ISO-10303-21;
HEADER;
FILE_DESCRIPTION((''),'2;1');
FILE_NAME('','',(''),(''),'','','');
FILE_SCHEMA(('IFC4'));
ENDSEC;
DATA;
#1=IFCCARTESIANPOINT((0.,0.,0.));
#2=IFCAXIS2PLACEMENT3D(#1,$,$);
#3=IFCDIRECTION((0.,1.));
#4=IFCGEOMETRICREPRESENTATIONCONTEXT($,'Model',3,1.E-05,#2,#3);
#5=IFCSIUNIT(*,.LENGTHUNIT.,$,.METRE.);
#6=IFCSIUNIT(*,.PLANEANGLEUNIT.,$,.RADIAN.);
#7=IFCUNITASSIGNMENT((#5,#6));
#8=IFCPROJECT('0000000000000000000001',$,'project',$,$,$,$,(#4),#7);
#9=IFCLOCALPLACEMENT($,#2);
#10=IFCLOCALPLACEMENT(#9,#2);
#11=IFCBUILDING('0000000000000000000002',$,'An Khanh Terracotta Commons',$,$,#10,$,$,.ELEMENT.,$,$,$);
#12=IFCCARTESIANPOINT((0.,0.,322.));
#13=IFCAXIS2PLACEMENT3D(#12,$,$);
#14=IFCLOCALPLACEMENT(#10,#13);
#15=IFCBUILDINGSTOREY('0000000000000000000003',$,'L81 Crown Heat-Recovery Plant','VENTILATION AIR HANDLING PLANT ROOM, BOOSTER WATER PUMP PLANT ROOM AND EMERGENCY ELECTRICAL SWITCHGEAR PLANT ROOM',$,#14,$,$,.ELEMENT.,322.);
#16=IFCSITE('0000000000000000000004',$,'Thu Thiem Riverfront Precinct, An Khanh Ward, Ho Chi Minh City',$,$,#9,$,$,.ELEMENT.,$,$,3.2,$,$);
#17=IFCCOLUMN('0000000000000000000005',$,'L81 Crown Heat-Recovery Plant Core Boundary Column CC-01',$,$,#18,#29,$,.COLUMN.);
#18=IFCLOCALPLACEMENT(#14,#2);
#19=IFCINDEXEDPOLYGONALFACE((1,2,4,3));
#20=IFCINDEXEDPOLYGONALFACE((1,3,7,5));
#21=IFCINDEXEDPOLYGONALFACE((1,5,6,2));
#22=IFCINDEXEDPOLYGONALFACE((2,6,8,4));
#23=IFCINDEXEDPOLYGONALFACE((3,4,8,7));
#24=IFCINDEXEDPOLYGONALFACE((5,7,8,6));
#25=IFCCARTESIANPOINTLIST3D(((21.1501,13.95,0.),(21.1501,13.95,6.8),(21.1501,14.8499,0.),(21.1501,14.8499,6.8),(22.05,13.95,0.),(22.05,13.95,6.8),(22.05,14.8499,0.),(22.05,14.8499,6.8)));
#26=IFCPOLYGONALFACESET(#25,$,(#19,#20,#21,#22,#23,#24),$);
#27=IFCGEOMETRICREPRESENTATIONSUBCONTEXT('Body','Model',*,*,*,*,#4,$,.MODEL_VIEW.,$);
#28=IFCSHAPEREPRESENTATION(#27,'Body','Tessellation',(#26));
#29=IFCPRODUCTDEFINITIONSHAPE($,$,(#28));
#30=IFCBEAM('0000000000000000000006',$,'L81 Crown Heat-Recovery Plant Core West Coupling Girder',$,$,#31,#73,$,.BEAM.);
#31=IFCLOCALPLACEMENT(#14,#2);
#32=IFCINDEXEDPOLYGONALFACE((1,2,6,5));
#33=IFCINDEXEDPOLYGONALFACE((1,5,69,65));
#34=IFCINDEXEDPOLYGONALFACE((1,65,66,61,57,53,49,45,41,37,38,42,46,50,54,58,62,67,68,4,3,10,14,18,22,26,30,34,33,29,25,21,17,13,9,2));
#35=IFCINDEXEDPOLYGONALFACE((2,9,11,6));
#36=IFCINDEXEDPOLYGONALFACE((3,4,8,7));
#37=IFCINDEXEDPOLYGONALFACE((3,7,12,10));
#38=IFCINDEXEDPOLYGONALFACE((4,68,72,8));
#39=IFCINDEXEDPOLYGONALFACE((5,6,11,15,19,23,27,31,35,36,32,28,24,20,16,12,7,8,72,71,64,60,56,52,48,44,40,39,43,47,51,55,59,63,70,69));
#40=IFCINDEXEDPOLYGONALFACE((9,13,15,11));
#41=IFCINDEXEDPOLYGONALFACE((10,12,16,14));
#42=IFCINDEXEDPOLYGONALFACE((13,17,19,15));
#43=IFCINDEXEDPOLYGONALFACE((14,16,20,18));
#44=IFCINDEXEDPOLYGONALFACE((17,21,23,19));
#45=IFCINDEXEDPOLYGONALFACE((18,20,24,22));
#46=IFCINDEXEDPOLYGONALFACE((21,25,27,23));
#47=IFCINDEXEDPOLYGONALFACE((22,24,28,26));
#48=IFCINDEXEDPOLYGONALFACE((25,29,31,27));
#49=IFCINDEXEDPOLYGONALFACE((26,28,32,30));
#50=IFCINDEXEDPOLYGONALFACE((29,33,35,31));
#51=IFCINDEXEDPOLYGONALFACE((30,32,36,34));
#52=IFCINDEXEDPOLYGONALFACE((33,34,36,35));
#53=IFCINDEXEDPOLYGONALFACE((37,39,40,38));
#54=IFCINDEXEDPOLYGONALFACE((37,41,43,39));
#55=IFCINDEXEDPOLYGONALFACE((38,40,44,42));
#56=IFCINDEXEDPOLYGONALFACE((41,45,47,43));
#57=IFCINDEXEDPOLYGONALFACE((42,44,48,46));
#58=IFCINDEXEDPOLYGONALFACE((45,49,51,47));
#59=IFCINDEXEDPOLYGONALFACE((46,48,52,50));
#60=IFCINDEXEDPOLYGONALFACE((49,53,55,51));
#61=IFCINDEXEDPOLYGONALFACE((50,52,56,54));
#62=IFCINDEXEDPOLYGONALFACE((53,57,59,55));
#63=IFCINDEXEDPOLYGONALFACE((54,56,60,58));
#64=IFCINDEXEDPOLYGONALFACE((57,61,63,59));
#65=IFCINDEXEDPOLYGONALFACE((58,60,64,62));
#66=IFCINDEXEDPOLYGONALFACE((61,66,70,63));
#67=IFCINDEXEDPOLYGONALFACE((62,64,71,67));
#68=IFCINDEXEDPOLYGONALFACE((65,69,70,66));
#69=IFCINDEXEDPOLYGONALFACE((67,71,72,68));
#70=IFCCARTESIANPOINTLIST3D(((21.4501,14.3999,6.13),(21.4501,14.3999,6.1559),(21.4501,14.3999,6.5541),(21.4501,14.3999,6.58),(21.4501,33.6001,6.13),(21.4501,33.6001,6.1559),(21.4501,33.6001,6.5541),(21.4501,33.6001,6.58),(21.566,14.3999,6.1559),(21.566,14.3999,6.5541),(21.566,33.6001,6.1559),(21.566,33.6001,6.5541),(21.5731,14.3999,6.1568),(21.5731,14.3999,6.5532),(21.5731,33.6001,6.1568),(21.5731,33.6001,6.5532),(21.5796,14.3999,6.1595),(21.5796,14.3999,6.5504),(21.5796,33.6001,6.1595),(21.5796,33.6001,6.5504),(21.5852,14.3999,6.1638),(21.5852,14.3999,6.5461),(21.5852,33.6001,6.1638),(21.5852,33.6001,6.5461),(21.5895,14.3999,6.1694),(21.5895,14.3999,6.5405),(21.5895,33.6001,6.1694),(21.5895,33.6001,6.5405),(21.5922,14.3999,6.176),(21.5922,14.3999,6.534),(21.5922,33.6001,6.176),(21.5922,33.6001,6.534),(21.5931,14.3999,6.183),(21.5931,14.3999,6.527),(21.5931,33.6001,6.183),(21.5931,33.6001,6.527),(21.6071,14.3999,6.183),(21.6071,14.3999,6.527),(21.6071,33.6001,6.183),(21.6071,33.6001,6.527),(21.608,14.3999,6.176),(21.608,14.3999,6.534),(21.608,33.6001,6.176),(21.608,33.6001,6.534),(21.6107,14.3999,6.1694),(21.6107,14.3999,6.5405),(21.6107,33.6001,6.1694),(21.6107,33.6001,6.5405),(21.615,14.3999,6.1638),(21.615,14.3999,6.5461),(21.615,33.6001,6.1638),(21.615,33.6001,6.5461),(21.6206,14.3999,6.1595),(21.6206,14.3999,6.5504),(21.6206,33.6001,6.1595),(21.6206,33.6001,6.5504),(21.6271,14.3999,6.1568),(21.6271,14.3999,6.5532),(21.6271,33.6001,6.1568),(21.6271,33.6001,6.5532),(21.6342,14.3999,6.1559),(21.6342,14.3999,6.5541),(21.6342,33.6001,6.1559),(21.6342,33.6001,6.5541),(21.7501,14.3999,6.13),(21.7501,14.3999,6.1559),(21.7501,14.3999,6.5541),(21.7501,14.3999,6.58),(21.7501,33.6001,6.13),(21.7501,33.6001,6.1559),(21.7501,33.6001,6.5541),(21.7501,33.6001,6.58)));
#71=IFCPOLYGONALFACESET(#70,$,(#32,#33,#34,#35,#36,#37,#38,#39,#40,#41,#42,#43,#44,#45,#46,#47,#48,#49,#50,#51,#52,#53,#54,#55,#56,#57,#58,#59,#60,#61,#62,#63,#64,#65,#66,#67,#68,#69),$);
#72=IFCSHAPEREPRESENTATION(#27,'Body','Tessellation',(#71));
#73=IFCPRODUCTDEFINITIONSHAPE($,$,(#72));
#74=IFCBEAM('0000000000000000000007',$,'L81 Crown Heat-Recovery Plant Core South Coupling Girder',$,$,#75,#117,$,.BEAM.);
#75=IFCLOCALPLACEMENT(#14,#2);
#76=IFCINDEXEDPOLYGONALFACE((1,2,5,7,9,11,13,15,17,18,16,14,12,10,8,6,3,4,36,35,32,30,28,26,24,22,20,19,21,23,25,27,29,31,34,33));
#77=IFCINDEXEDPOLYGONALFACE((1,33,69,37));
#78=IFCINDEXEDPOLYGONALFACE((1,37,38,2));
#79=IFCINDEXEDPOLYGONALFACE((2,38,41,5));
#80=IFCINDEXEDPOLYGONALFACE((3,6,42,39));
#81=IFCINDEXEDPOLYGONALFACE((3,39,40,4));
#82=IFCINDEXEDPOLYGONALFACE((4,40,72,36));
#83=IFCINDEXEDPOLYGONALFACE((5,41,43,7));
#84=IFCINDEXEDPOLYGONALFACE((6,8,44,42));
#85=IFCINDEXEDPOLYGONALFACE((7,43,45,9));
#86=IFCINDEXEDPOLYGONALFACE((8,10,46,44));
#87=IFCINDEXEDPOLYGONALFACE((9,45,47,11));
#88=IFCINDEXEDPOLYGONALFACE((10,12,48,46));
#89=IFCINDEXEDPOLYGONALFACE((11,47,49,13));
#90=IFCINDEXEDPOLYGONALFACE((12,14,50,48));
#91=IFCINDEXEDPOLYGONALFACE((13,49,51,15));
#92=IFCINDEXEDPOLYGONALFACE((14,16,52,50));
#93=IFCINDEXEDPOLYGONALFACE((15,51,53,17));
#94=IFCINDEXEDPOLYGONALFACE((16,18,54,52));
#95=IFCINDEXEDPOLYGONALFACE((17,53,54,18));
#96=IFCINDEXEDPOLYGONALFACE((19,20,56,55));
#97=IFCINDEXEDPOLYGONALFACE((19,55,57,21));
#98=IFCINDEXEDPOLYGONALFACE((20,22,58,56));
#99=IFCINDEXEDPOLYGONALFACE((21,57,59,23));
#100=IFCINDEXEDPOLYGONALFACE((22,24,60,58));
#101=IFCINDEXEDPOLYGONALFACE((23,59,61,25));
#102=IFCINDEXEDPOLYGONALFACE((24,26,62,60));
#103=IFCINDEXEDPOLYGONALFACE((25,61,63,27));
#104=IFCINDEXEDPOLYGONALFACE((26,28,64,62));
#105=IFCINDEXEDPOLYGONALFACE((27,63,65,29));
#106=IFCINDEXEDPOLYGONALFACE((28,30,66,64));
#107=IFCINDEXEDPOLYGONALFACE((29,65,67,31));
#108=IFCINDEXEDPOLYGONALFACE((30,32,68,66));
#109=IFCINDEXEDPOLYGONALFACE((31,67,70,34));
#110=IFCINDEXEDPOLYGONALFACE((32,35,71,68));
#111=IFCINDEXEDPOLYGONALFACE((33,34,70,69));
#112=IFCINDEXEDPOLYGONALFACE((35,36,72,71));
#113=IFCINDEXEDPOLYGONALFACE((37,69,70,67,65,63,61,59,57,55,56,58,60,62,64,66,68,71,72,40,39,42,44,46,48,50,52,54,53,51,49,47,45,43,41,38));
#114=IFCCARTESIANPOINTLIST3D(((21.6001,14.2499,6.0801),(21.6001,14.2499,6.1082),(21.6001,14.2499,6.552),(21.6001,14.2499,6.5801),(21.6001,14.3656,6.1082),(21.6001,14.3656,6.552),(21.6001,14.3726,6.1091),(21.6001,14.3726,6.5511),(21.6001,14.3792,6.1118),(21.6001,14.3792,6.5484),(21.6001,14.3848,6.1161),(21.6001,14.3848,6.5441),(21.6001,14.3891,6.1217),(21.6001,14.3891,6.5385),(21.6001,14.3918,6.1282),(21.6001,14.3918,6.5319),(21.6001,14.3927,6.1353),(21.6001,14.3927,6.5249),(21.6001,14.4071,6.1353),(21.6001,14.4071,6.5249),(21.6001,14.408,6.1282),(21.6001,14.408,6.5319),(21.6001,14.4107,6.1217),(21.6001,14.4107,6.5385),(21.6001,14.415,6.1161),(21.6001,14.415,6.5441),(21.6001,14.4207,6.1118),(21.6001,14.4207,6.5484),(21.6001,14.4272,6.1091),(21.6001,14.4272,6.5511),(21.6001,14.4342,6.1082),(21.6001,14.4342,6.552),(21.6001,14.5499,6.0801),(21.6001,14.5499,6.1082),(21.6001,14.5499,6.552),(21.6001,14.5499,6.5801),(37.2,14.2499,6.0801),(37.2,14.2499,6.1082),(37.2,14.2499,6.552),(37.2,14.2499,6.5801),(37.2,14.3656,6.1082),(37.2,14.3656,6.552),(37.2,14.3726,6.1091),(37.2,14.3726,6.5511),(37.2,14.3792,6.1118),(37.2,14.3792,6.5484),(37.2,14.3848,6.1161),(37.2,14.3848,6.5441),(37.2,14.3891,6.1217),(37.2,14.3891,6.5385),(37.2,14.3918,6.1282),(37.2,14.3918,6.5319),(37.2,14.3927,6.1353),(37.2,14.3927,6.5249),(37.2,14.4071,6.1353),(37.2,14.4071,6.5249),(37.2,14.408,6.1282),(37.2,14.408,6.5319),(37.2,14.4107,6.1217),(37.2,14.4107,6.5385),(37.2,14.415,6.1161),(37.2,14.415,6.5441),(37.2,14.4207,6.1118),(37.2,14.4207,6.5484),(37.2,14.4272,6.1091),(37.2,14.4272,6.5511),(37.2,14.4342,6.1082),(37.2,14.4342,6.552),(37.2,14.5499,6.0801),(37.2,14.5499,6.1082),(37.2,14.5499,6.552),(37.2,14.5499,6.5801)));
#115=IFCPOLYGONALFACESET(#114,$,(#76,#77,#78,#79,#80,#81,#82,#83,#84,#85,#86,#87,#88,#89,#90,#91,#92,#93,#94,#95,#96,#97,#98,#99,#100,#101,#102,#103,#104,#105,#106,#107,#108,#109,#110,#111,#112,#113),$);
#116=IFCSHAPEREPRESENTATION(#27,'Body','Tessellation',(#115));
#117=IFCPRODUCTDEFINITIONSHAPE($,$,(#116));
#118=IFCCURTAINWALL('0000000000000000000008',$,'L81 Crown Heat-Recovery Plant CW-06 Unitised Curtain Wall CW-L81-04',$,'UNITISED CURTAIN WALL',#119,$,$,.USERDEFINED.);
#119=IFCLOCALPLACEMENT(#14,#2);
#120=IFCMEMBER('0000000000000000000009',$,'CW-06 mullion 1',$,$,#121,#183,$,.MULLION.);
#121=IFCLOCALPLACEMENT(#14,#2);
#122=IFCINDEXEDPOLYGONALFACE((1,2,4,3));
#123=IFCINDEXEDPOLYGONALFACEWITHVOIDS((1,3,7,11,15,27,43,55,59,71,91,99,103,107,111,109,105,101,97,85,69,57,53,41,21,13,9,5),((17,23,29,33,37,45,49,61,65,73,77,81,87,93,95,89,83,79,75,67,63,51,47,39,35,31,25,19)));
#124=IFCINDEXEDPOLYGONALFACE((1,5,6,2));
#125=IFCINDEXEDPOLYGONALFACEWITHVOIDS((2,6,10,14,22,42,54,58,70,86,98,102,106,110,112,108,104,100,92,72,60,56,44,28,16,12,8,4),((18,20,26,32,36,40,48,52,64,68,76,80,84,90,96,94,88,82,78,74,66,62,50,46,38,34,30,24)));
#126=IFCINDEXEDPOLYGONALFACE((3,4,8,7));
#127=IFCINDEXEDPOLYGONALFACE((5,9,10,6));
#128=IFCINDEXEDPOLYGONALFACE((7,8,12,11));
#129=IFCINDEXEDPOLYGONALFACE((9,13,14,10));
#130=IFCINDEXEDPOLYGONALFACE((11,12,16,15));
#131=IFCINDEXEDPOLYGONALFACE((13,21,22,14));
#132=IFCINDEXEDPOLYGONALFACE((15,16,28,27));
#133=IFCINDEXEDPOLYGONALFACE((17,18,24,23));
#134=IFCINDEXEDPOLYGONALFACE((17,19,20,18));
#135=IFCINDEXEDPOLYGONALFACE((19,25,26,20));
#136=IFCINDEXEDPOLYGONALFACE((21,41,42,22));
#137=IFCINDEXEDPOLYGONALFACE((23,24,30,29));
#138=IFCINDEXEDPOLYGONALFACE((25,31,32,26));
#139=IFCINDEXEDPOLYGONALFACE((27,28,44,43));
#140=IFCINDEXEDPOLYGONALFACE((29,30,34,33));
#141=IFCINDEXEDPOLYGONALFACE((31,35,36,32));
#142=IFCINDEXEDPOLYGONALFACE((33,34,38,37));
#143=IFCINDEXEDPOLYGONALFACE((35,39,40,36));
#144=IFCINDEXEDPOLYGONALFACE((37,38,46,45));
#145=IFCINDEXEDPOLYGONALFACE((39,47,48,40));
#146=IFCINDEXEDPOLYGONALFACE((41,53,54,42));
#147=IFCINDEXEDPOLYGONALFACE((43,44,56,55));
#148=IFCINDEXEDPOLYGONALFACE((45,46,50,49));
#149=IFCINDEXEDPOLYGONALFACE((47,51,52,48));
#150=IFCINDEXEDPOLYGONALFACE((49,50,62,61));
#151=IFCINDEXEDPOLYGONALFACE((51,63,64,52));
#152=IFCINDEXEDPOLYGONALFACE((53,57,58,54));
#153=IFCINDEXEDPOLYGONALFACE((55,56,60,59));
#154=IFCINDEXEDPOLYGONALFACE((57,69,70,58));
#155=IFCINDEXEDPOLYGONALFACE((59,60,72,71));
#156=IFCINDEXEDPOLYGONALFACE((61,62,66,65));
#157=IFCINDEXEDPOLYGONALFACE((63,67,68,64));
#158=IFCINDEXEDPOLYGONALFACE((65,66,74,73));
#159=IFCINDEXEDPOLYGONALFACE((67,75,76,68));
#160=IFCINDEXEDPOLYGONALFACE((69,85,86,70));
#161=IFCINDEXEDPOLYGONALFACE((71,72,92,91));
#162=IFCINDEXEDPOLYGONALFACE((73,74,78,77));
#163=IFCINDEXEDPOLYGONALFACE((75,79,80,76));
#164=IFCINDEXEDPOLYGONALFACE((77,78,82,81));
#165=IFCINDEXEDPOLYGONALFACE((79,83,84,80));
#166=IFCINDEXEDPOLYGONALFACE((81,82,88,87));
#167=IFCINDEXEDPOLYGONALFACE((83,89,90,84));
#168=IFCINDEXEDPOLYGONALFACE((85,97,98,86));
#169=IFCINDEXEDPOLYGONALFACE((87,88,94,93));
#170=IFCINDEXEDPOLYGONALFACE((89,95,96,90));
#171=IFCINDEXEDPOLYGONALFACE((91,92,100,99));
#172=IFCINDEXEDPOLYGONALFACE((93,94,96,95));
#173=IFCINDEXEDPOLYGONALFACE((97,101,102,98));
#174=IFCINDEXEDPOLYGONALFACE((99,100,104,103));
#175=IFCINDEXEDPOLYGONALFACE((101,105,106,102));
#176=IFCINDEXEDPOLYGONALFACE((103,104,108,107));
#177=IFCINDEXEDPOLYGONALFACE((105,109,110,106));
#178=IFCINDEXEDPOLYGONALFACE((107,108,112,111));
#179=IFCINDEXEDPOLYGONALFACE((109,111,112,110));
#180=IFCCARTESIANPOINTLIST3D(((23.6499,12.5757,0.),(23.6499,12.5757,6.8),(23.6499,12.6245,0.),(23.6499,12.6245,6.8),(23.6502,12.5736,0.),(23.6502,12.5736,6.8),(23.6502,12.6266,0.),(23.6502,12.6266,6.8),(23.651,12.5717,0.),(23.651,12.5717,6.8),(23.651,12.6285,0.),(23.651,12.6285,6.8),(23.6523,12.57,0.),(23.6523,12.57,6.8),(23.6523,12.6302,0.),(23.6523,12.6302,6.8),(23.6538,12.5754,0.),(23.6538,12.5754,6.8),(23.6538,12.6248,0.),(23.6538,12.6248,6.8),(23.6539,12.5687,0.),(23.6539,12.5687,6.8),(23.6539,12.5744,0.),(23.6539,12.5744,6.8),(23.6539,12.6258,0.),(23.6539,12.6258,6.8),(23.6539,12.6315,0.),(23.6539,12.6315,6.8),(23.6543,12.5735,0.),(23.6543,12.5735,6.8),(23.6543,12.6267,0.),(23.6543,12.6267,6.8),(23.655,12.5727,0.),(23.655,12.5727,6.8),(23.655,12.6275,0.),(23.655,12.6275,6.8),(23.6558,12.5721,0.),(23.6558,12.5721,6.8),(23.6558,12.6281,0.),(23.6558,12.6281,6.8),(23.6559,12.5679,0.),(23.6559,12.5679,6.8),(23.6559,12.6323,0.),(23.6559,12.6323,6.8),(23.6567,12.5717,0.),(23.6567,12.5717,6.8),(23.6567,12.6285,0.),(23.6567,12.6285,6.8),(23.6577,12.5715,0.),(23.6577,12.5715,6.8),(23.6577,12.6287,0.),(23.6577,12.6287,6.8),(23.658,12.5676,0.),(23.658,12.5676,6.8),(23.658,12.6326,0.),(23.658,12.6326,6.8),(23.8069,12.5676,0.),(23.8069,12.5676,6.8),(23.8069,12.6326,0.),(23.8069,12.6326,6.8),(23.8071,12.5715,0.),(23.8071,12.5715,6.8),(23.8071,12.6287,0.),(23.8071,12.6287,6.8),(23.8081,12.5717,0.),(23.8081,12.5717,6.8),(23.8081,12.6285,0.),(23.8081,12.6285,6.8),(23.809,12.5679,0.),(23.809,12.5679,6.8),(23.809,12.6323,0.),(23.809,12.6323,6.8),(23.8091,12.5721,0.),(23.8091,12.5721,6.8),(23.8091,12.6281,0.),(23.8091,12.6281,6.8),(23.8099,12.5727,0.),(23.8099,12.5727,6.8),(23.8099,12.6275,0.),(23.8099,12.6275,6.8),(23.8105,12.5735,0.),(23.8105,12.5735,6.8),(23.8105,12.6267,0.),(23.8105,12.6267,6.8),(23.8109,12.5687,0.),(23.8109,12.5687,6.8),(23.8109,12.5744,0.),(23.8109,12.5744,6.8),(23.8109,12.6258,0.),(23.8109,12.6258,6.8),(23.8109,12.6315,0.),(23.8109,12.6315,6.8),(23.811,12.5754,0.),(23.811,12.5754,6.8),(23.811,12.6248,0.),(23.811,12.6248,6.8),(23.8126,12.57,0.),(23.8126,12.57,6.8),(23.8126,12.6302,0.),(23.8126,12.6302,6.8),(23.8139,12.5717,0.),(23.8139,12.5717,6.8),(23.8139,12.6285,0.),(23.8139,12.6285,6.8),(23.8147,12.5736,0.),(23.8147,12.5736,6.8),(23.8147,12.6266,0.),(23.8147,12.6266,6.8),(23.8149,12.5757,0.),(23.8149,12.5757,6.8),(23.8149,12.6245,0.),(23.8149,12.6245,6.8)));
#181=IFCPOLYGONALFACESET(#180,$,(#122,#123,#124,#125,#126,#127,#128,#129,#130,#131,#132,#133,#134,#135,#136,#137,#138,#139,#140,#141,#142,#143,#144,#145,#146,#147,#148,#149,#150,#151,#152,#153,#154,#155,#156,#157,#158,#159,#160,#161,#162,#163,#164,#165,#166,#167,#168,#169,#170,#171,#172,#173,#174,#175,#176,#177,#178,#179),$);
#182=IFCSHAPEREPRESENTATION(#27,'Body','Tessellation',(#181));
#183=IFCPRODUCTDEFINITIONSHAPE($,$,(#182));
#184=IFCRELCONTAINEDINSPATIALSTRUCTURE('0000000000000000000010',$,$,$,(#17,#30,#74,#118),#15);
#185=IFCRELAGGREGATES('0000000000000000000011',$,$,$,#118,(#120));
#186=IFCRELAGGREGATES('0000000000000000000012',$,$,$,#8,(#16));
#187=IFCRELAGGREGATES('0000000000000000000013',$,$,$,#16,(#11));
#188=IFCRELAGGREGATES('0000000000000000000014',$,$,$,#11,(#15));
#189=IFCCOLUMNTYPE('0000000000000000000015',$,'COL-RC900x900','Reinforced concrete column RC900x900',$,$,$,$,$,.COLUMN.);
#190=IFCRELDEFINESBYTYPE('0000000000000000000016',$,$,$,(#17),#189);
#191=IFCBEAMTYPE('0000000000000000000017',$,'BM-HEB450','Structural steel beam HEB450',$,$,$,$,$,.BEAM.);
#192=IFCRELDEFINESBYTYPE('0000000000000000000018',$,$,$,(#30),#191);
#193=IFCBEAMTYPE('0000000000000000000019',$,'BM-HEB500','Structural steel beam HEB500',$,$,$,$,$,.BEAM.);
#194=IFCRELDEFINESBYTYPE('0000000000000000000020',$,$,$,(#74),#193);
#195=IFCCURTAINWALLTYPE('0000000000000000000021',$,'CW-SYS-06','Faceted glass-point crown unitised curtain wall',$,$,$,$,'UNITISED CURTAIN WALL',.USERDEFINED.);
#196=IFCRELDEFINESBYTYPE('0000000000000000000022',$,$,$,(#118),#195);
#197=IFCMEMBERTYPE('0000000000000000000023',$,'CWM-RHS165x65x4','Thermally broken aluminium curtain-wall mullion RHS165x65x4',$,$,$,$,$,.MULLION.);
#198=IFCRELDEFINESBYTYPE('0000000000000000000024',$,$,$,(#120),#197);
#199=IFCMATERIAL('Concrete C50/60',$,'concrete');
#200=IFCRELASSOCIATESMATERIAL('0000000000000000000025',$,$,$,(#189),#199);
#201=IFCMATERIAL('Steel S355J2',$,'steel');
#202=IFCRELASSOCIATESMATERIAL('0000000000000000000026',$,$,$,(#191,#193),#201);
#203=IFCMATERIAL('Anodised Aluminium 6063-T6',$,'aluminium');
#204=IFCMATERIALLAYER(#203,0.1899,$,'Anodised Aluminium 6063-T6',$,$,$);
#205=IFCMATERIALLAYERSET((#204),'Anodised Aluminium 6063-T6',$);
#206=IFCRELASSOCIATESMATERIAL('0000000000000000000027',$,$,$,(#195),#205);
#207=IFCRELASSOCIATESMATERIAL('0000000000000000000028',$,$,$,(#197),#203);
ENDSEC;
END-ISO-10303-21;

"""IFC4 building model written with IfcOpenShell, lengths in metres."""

from ifc_helpers import new_model, si_unit, direction, frame, origin, origin_2d, place, context, subcontext, project, spatial, rectangle, hollow_rectangle, i_section, extrude, material, layer, layer_set, material_profile, profile_set, type_object, element, aggregate, save


model = new_model("IFC4")

# Units and contexts
model_context = context("Model", 3, precision=1e-05, world=origin(), true_north=direction((0.0, 1.0)))
body_context = subcontext(model_context, "Body", "Model", "MODEL_VIEW")
ifc_project = project(units=[si_unit("LENGTHUNIT", "METRE"), si_unit("PLANEANGLEUNIT", "RADIAN")], contexts=[model_context])

# Site, building, storey
site_placement = place(None, origin())
site = spatial("IfcSite", under=ifc_project, at=site_placement, Name="Thu Thiem Riverfront Precinct, An Khanh Ward, Ho Chi Minh City", CompositionType="ELEMENT", RefElevation=3.2)
building_placement = place(site_placement, origin())
building = spatial("IfcBuilding", under=site, at=building_placement, Name="An Khanh Terracotta Commons", CompositionType="ELEMENT")
storey_placement = place(building_placement, frame((0.0, 0.0, 322.0)))
storey = spatial("IfcBuildingStorey", under=building, at=storey_placement, Name="L81 Crown Heat-Recovery Plant", Description="VENTILATION AIR HANDLING PLANT ROOM, BOOSTER WATER PUMP PLANT ROOM AND EMERGENCY ELECTRICAL SWITCHGEAR PLANT ROOM", CompositionType="ELEMENT", Elevation=322.0)

# Column
ifc_material_1 = material(Name="Concrete C50/60", Category="concrete")
ifc_material_profile_1 = material_profile(ifc_material_1, rectangle(XDim=0.8999, YDim=0.8999, at=origin_2d()), Name="RC900x900")
ifc_profile_set_1 = profile_set([ifc_material_profile_1], Name="Concrete C50/60")
column_type = type_object("IfcColumnType", Name="COL-RC900x900", Description="Reinforced concrete column RC900x900", PredefinedType="COLUMN", material=ifc_profile_set_1)
column_placement = place(storey_placement, frame((21.6001, 14.3999, 0.0), z_axis=(0.0, 0.0, 1.0), x_axis=(1.0, 0.0, 0.0)))
element("IfcColumn", 1, at=column_placement, inside=storey, type_object=column_type, Name="L81 Crown Heat-Recovery Plant Core Boundary Column CC-01", PredefinedType="COLUMN", context=body_context, shape_type="SweptSolid", body=[
    extrude(rectangle(XDim=0.8999, YDim=0.8999, at=origin_2d()), origin(), (0.0, 0.0, 1.0), 6.8),
])

# Beams
ifc_material_2 = material(Name="Steel S355J2", Category="steel")
ifc_material_profile_2 = material_profile(ifc_material_2, i_section(OverallWidth=0.3, OverallDepth=0.45, WebThickness=0.0139, FlangeThickness=0.0259, FilletRadius=0.0271, at=origin_2d()), Name="HEB450")
ifc_profile_set_2 = profile_set([ifc_material_profile_2], Name="Steel S355J2")
beam_type_1 = type_object("IfcBeamType", Name="BM-HEB450", Description="Structural steel beam HEB450", PredefinedType="BEAM", material=ifc_profile_set_2)
beam_1_placement = place(storey_placement, frame((21.6001, 14.3999, 6.355), z_axis=(0.0, 1.0, 0.0), x_axis=(-1.0, 0.0, 0.0)))
element("IfcBeam", 2, at=beam_1_placement, inside=storey, type_object=beam_type_1, Name="L81 Crown Heat-Recovery Plant Core West Coupling Girder", PredefinedType="BEAM", context=body_context, shape_type="SweptSolid", body=[
    extrude(i_section(OverallWidth=0.3, OverallDepth=0.45, WebThickness=0.0139, FlangeThickness=0.0259, FilletRadius=0.0271, at=origin_2d()), origin(), (0.0, 0.0, 1.0), 19.2002),
])
ifc_material_profile_3 = material_profile(ifc_material_2, i_section(OverallWidth=0.3, OverallDepth=0.5, WebThickness=0.0144, FlangeThickness=0.0281, FilletRadius=0.0271, at=origin_2d()), Name="HEB500")
ifc_profile_set_3 = profile_set([ifc_material_profile_3], Name="Steel S355J2")
beam_type_2 = type_object("IfcBeamType", Name="BM-HEB500", Description="Structural steel beam HEB500", PredefinedType="BEAM", material=ifc_profile_set_3)
beam_2_placement = place(storey_placement, frame((21.6001, 14.3999, 6.3301), z_axis=(1.0, 0.0, 0.0), x_axis=(0.0, 1.0, 0.0)))
element("IfcBeam", 3, at=beam_2_placement, inside=storey, type_object=beam_type_2, Name="L81 Crown Heat-Recovery Plant Core South Coupling Girder", PredefinedType="BEAM", context=body_context, shape_type="SweptSolid", body=[
    extrude(i_section(OverallWidth=0.3, OverallDepth=0.5, WebThickness=0.0144, FlangeThickness=0.0281, FilletRadius=0.0271, at=origin_2d()), origin(), (0.0, 0.0, 1.0), 15.5999),
])

# Curtain wall, member
ifc_material_3 = material(Name="Anodised Aluminium 6063-T6", Category="aluminium")
ifc_layer_1 = layer(ifc_material_3, 0.1899, Name="Anodised Aluminium 6063-T6")
ifc_layer_set_1 = layer_set([ifc_layer_1], Name="Anodised Aluminium 6063-T6")
curtain_wall_type = type_object("IfcCurtainWallType", Name="CW-SYS-06", Description="Faceted glass-point crown unitised curtain wall", ElementType="UNITISED CURTAIN WALL", PredefinedType="USERDEFINED", material=ifc_layer_set_1)
curtain_wall_1_placement = place(storey_placement, origin())
curtain_wall_1 = element("IfcCurtainWall", 4, at=curtain_wall_1_placement, inside=storey, type_object=curtain_wall_type, Name="L81 Crown Heat-Recovery Plant CW-06 Unitised Curtain Wall CW-L81-04", ObjectType="UNITISED CURTAIN WALL", PredefinedType="USERDEFINED")
ifc_material_profile_4 = material_profile(ifc_material_3, hollow_rectangle(XDim=0.0649, YDim=0.165, WallThickness=0.0039, InnerFilletRadius=0.0039, OuterFilletRadius=0.0081, at=origin_2d()), Name="RHS165x65x4")
ifc_profile_set_4 = profile_set([ifc_material_profile_4], Name="Anodised Aluminium 6063-T6")
member_type_1 = type_object("IfcMemberType", Name="CWM-RHS165x65x4", Description="Thermally broken aluminium curtain-wall mullion RHS165x65x4", PredefinedType="MULLION", material=ifc_profile_set_4)
member_1_placement = place(storey_placement, frame((23.7324, 12.6001, 0.0), z_axis=(0.0, 0.0, 1.0), x_axis=(0.0, 1.0, 0.0)))
member_1 = element("IfcMember", 5, at=member_1_placement, type_object=member_type_1, Name="CW-06 mullion 1", PredefinedType="MULLION", context=body_context, shape_type="SweptSolid", body=[
    extrude(hollow_rectangle(XDim=0.0649, YDim=0.165, WallThickness=0.0039, InnerFilletRadius=0.0039, OuterFilletRadius=0.0081, at=origin_2d()), origin(), (0.0, 0.0, 1.0), 6.8),
])

aggregate(curtain_wall_1, [member_1])

save(model, "model.ifc")
